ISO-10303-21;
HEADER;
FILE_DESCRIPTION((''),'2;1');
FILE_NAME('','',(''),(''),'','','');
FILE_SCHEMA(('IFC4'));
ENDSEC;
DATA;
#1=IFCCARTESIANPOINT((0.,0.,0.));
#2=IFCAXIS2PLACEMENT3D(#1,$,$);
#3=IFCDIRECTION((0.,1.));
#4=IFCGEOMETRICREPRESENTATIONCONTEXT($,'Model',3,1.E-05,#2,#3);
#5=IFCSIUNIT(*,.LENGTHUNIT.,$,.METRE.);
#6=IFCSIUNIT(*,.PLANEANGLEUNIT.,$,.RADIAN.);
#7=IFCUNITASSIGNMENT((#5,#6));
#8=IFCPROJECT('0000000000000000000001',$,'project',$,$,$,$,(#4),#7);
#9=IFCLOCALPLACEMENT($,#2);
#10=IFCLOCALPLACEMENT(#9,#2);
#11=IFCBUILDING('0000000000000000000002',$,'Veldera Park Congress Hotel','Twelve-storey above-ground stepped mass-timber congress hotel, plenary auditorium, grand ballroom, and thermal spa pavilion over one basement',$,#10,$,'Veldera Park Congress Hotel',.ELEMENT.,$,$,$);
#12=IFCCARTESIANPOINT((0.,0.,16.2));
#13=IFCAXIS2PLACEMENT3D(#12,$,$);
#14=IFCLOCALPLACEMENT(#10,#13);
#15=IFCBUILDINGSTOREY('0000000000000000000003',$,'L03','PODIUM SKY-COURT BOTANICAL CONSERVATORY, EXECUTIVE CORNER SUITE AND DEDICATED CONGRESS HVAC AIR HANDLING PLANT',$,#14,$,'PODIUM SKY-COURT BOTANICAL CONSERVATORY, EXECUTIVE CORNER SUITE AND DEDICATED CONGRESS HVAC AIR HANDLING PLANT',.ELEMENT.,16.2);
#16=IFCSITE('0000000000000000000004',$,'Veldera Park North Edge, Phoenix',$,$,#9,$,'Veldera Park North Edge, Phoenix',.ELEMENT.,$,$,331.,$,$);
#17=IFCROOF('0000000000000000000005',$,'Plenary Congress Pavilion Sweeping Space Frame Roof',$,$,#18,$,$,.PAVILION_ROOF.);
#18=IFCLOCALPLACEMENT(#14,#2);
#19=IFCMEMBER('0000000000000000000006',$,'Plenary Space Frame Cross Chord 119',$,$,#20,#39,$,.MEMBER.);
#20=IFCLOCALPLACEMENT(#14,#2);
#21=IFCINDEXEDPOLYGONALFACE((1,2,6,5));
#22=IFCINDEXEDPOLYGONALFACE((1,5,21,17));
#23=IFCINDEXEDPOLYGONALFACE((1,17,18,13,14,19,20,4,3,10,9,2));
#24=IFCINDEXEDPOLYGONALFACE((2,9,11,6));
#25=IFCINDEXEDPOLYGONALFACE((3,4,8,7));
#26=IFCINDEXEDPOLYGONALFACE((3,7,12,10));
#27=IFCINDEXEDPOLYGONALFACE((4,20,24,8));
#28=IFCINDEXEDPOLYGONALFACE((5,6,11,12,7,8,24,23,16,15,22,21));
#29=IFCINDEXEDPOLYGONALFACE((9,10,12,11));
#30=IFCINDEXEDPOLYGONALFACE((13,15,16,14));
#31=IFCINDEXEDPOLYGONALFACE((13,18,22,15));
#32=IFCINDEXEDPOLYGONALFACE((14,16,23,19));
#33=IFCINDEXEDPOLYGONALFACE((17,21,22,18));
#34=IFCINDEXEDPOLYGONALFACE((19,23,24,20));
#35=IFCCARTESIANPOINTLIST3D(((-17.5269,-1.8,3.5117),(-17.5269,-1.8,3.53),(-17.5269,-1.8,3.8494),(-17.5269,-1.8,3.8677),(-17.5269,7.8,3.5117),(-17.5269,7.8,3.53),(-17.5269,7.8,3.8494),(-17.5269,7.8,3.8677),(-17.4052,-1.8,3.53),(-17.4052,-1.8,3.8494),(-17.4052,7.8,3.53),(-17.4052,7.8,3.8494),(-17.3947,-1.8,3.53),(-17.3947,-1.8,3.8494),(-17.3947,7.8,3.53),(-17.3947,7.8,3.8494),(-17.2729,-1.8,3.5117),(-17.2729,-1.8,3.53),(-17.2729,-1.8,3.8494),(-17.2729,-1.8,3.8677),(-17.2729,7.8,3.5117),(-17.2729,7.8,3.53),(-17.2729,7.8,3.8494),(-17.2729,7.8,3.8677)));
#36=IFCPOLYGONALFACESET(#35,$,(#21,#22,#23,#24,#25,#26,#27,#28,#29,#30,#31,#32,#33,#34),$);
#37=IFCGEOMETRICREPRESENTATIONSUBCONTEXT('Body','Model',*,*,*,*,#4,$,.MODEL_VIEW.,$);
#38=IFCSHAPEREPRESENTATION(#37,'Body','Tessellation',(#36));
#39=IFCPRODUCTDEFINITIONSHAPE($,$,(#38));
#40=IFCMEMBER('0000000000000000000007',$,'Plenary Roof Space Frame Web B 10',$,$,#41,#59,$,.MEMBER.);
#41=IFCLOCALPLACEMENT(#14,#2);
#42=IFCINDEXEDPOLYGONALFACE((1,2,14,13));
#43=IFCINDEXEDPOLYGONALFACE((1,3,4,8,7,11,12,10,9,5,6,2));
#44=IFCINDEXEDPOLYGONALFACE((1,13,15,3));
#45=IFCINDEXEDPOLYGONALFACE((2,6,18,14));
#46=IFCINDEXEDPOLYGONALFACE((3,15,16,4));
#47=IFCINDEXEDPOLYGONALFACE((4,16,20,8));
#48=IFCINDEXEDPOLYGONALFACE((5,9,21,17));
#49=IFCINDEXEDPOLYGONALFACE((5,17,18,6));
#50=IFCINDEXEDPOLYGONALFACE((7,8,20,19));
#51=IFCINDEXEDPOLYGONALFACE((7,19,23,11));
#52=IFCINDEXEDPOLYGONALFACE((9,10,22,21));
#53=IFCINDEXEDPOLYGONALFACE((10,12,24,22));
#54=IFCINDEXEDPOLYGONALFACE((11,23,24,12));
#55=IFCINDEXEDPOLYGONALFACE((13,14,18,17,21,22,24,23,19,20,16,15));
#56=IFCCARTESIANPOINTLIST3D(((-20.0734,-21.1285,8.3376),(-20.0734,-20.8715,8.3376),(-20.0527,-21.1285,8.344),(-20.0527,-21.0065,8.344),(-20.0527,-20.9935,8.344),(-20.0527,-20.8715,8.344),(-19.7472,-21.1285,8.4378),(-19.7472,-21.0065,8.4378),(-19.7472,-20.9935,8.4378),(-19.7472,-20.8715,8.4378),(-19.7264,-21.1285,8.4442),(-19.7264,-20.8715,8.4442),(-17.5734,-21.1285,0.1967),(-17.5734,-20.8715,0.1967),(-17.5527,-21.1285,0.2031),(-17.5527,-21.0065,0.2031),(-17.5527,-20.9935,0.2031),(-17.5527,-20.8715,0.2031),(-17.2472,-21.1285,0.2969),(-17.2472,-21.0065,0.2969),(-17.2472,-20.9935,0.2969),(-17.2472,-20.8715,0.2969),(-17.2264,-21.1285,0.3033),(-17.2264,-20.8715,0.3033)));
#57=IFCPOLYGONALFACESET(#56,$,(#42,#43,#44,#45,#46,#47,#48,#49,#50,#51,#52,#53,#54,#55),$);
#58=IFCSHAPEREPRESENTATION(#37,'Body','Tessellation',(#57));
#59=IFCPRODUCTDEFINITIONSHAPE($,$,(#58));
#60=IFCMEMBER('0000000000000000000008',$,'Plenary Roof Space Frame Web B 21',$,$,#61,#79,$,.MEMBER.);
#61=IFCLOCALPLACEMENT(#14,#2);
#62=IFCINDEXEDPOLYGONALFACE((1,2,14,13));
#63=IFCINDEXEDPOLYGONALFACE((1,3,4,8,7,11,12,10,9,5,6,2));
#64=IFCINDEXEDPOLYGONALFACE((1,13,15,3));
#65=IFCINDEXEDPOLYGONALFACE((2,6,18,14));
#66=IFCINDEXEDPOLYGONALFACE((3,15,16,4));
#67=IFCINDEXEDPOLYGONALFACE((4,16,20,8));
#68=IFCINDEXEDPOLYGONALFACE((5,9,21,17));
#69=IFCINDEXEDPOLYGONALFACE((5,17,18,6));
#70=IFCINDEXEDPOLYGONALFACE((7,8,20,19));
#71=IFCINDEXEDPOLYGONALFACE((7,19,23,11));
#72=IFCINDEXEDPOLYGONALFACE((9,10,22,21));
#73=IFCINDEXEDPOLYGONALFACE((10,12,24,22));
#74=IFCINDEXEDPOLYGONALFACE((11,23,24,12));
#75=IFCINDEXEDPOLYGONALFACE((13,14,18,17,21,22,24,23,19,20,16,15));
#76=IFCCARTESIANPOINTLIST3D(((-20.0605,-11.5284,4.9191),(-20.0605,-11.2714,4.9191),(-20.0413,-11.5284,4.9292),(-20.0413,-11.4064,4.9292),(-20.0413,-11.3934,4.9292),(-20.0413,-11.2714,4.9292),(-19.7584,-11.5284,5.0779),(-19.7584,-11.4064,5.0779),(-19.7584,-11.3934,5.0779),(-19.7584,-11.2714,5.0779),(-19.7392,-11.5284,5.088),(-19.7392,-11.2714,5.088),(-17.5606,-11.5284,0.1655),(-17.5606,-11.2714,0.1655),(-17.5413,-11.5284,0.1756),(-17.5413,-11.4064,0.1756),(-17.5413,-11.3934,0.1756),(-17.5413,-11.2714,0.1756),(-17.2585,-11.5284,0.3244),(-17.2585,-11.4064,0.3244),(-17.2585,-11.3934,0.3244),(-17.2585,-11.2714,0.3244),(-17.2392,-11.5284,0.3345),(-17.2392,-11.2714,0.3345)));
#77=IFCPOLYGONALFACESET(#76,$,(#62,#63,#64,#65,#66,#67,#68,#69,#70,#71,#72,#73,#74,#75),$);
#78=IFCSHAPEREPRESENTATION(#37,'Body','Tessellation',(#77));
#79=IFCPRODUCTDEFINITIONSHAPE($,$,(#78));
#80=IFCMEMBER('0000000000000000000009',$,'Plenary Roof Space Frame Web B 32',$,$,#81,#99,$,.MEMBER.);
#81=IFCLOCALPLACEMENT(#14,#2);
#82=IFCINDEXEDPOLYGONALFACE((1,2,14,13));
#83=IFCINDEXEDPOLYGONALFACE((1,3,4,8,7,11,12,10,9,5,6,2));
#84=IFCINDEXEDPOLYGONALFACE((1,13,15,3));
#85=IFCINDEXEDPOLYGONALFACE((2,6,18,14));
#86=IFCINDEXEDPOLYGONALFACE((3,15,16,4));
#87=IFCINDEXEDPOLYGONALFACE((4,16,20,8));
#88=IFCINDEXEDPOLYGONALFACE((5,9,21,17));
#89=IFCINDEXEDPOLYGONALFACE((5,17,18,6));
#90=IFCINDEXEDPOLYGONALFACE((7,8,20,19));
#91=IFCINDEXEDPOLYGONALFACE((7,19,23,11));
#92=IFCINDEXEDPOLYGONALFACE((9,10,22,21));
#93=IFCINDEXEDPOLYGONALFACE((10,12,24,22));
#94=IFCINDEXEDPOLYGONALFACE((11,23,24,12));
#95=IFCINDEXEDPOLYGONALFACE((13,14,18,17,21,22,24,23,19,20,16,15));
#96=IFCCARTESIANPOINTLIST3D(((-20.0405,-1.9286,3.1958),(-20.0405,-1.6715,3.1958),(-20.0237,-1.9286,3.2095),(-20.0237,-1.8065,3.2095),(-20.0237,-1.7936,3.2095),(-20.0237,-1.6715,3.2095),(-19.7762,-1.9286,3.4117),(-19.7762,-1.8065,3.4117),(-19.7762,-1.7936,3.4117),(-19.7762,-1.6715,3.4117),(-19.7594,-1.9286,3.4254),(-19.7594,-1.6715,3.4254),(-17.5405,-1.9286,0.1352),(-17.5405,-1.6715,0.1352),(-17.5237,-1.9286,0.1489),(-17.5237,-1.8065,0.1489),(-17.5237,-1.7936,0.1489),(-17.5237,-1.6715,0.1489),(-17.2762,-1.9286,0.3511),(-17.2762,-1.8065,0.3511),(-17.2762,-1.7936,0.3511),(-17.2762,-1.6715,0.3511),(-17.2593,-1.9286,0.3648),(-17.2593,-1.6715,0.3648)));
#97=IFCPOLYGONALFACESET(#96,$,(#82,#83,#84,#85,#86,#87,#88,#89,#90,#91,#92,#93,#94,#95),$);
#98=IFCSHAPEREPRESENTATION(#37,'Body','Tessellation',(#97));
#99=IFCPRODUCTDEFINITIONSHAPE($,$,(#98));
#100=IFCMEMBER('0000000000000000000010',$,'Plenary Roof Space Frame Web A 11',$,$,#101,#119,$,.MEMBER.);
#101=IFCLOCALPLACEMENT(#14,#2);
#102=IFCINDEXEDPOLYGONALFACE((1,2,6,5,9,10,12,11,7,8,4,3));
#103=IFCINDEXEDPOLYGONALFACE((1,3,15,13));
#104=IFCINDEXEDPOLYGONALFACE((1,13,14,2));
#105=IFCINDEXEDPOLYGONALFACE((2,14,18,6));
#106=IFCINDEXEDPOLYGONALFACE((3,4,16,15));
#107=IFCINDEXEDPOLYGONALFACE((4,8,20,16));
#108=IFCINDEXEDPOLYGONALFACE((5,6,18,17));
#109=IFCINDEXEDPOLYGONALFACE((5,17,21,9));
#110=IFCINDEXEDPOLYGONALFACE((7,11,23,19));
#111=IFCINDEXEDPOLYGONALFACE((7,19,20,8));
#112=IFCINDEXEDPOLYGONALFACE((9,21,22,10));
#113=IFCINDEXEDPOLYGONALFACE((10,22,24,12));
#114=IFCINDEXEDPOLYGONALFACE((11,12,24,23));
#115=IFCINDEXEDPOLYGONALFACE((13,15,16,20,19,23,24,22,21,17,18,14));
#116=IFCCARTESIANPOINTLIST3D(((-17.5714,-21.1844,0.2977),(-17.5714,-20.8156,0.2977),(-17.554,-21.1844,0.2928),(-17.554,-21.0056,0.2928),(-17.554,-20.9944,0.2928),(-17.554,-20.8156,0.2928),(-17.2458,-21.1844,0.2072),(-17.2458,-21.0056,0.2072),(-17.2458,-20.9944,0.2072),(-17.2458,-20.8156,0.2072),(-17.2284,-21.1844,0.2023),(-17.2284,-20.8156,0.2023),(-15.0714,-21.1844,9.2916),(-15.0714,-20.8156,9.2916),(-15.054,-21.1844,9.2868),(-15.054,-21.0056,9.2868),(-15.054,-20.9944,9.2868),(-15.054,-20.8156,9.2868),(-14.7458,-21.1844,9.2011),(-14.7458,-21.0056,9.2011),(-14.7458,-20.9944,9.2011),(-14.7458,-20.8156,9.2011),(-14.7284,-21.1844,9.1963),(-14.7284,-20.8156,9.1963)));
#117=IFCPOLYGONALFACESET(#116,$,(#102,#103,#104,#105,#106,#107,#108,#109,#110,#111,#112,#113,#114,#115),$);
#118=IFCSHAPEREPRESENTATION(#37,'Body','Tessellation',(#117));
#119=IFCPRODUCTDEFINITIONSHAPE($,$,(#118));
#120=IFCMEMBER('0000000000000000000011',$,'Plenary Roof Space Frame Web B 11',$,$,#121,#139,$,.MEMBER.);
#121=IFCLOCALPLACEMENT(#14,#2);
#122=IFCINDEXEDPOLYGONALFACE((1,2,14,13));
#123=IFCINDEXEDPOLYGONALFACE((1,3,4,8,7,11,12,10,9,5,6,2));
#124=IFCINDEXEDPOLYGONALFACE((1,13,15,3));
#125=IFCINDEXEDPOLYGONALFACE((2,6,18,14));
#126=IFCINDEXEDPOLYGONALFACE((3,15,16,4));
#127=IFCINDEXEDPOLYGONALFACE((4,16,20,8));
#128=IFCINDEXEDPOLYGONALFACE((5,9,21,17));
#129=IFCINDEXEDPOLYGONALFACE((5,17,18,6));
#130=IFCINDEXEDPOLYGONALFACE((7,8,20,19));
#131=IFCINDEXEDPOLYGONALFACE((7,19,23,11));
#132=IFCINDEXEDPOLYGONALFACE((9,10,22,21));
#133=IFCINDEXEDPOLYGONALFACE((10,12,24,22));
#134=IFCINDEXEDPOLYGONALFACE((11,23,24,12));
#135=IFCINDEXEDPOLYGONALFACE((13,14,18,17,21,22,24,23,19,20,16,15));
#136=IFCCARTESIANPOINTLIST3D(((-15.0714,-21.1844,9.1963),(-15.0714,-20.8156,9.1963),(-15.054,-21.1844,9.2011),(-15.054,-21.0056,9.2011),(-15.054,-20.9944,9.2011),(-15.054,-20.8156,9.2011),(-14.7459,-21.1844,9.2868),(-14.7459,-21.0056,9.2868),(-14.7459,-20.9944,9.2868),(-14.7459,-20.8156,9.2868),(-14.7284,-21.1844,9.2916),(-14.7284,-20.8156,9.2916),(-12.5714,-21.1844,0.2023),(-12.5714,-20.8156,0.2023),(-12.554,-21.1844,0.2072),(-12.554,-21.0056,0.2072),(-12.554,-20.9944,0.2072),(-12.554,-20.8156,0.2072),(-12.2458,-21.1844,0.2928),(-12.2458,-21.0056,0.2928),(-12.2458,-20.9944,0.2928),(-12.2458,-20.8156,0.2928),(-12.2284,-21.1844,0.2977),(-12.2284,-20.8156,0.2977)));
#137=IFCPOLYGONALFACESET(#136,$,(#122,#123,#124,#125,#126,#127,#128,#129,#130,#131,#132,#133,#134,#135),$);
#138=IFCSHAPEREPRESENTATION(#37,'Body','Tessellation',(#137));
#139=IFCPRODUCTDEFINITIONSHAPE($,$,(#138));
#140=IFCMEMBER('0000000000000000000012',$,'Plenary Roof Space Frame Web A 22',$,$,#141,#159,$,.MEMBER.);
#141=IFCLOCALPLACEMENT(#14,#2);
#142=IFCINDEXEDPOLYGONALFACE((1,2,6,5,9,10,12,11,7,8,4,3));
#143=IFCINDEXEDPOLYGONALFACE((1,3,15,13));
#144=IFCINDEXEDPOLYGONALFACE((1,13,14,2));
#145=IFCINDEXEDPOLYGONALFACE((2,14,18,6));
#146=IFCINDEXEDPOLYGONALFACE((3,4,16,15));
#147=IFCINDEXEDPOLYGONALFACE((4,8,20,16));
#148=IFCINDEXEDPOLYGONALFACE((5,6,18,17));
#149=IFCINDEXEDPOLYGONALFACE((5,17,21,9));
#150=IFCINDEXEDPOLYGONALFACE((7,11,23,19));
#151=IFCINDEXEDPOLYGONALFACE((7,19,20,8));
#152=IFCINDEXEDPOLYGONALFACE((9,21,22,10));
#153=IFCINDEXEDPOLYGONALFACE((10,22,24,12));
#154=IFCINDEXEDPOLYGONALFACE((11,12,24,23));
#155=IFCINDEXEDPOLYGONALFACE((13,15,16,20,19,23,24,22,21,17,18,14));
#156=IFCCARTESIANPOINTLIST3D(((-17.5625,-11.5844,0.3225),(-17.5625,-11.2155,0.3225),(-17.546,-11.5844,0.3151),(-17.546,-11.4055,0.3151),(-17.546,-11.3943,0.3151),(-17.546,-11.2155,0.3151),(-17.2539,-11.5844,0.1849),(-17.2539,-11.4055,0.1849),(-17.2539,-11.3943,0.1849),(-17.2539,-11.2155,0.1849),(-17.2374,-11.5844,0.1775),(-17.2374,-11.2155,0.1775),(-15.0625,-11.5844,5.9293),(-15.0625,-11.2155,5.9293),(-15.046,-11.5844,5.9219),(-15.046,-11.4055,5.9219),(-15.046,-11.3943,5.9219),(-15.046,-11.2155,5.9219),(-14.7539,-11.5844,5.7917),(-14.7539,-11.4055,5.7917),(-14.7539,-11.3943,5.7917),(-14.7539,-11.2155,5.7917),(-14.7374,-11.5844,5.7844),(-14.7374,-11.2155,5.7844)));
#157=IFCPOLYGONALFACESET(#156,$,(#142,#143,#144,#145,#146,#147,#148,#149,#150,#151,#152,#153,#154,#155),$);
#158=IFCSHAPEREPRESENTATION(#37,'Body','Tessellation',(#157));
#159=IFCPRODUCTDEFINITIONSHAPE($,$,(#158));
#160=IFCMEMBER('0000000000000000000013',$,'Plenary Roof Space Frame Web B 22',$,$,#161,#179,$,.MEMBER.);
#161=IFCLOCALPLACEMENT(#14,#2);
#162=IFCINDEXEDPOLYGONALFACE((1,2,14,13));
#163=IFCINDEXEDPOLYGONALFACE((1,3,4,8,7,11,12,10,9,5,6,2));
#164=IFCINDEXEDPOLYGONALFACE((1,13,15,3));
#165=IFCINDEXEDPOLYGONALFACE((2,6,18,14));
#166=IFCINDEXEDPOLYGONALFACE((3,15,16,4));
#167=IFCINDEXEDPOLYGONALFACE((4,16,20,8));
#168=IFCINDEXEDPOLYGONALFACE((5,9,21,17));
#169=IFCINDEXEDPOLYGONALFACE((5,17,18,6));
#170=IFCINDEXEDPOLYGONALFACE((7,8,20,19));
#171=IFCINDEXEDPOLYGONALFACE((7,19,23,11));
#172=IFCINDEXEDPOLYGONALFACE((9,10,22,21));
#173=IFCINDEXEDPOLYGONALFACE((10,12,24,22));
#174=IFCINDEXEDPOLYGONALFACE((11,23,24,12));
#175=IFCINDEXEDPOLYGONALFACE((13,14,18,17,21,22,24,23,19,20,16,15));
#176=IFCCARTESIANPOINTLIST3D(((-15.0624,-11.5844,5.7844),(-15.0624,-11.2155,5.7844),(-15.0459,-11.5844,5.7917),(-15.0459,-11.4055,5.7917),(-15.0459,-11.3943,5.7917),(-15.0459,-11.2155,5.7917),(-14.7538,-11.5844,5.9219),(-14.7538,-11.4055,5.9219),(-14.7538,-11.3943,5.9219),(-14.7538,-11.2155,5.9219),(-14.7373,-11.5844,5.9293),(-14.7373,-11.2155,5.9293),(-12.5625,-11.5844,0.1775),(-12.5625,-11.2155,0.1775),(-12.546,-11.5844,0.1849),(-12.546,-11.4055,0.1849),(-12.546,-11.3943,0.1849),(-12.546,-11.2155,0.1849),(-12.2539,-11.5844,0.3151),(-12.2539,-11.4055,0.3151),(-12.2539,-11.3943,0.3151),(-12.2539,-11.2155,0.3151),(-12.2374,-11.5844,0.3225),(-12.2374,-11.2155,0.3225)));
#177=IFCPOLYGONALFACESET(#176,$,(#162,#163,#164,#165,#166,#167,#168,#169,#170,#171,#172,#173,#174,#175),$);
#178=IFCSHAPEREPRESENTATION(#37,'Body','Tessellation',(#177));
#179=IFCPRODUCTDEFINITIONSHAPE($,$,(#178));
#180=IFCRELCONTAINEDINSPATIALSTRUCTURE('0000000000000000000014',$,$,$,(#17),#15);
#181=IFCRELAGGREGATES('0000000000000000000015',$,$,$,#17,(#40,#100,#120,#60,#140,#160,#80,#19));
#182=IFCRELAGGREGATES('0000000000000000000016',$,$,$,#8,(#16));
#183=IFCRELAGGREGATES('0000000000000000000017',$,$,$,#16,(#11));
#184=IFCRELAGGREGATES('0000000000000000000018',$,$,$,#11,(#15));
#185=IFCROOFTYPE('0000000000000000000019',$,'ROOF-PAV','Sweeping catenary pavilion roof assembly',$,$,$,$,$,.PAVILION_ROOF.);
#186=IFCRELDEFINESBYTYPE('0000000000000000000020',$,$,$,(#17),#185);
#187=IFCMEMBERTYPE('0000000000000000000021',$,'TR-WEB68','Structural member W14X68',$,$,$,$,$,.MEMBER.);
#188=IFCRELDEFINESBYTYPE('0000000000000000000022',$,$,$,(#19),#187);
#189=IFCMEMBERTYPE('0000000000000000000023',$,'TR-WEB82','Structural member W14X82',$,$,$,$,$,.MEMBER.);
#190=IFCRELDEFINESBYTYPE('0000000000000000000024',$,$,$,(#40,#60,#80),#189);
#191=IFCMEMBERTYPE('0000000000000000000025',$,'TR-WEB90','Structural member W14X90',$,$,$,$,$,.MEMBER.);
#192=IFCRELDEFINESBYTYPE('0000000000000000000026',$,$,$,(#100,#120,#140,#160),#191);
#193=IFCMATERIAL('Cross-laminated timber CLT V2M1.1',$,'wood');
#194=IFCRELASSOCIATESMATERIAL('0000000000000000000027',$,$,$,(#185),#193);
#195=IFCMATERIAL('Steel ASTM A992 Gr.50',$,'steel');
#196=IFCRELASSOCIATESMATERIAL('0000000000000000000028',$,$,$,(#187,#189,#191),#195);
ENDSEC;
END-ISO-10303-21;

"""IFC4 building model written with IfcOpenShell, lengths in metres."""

from ifc_helpers import new_model, si_unit, direction, frame, origin, origin_2d, place, context, subcontext, project, spatial, i_section, extrude, material, material_profile, profile_set, type_object, element, aggregate, save


model = new_model("IFC4")

# Units and contexts
model_context = context("Model", 3, precision=1e-05, world=origin(), true_north=direction((0.0, 1.0)))
body_context = subcontext(model_context, "Body", "Model", "MODEL_VIEW")
ifc_project = project(units=[si_unit("LENGTHUNIT", "METRE"), si_unit("PLANEANGLEUNIT", "RADIAN")], contexts=[model_context])

# Site, building, storey
site_placement = place(None, origin())
site = spatial("IfcSite", under=ifc_project, at=site_placement, Name="Veldera Park North Edge, Phoenix", LongName="Veldera Park North Edge, Phoenix", CompositionType="ELEMENT", RefElevation=331.0)
building_placement = place(site_placement, origin())
building = spatial("IfcBuilding", under=site, at=building_placement, Name="Veldera Park Congress Hotel", Description="Twelve-storey above-ground stepped mass-timber congress hotel, plenary auditorium, grand ballroom, and thermal spa pavilion over one basement", LongName="Veldera Park Congress Hotel", CompositionType="ELEMENT")
storey_placement = place(building_placement, frame((0.0, 0.0, 16.2)))
storey = spatial("IfcBuildingStorey", under=building, at=storey_placement, Name="L03", Description="PODIUM SKY-COURT BOTANICAL CONSERVATORY, EXECUTIVE CORNER SUITE AND DEDICATED CONGRESS HVAC AIR HANDLING PLANT", LongName="PODIUM SKY-COURT BOTANICAL CONSERVATORY, EXECUTIVE CORNER SUITE AND DEDICATED CONGRESS HVAC AIR HANDLING PLANT", CompositionType="ELEMENT", Elevation=16.2)

# Shared definitions
ifc_material_1 = material(Name="Steel ASTM A992 Gr.50", Category="steel")

# Roof, members
ifc_material_2 = material(Name="Cross-laminated timber CLT V2M1.1", Category="wood")
roof_type = type_object("IfcRoofType", Name="ROOF-PAV", Description="Sweeping catenary pavilion roof assembly", PredefinedType="PAVILION_ROOF", material=ifc_material_2)
roof_placement = place(storey_placement, origin())
roof = element("IfcRoof", 1, at=roof_placement, inside=storey, type_object=roof_type, Name="Plenary Congress Pavilion Sweeping Space Frame Roof", PredefinedType="PAVILION_ROOF")
ifc_material_profile_1 = material_profile(ifc_material_1, i_section(OverallWidth=0.2539, OverallDepth=0.356, WebThickness=0.0105, FlangeThickness=0.0183, at=origin_2d()), Name="W14X68")
ifc_profile_set_1 = profile_set([ifc_material_profile_1], Name="Steel ASTM A992 Gr.50")
member_type_1 = type_object("IfcMemberType", Name="TR-WEB68", Description="Structural member W14X68", PredefinedType="MEMBER", material=ifc_profile_set_1)
member_1_placement = place(storey_placement, frame((-17.3999, -1.8, 3.6897), z_axis=(0.0, 1.0, 0.0), x_axis=(-1.0, 0.0, 0.0)))
member_1 = element("IfcMember", 2, at=member_1_placement, type_object=member_type_1, Name="Plenary Space Frame Cross Chord 119", PredefinedType="MEMBER", context=body_context, shape_type="SweptSolid", body=[
    extrude(i_section(OverallWidth=0.2539, OverallDepth=0.356, WebThickness=0.0105, FlangeThickness=0.0183, at=origin_2d()), origin(), (0.0, 0.0, 1.0), 9.6001),
])
ifc_material_profile_2 = material_profile(ifc_material_1, i_section(OverallWidth=0.2571, OverallDepth=0.363, WebThickness=0.0129, FlangeThickness=0.0217, at=origin_2d()), Name="W14X82")
ifc_profile_set_2 = profile_set([ifc_material_profile_2], Name="Steel ASTM A992 Gr.50")
member_type_2 = type_object("IfcMemberType", Name="TR-WEB82", Description="Structural member W14X82", PredefinedType="MEMBER", material=ifc_profile_set_2)
member_2_placement = place(storey_placement, frame((-17.3999, -21.0, 0.25), z_axis=(-0.293562, 0.0, 0.95594), x_axis=(0.0, -1.0, 0.0)))
member_2 = element("IfcMember", 3, at=member_2_placement, type_object=member_type_2, Name="Plenary Roof Space Frame Web B 10", PredefinedType="MEMBER", context=body_context, shape_type="SweptSolid", body=[
    extrude(i_section(OverallWidth=0.2571, OverallDepth=0.363, WebThickness=0.0129, FlangeThickness=0.0217, at=origin_2d()), origin(), (0.0, 0.0, 1.0), 8.5161),
])
member_3_placement = place(storey_placement, frame((-17.3999, -11.3999, 0.25), z_axis=(-0.465465, 0.0, 0.885066), x_axis=(0.0, -1.0, 0.0)))
member_3 = element("IfcMember", 4, at=member_3_placement, type_object=member_type_2, Name="Plenary Roof Space Frame Web B 21", PredefinedType="MEMBER", context=body_context, shape_type="SweptSolid", body=[
    extrude(i_section(OverallWidth=0.2571, OverallDepth=0.363, WebThickness=0.0129, FlangeThickness=0.0217, at=origin_2d()), origin(), (0.0, 0.0, 1.0), 5.3708),
])
member_4_placement = place(storey_placement, frame((-17.3999, -1.8, 0.25), z_axis=(-0.632619, 0.0, 0.774464), x_axis=(0.0, -1.0, 0.0)))
member_4 = element("IfcMember", 5, at=member_4_placement, type_object=member_type_2, Name="Plenary Roof Space Frame Web B 32", PredefinedType="MEMBER", context=body_context, shape_type="SweptSolid", body=[
    extrude(i_section(OverallWidth=0.2571, OverallDepth=0.363, WebThickness=0.0129, FlangeThickness=0.0217, at=origin_2d()), origin(), (0.0, 0.0, 1.0), 3.9519),
])
ifc_material_profile_3 = material_profile(ifc_material_1, i_section(OverallWidth=0.3689, OverallDepth=0.356, WebThickness=0.0112, FlangeThickness=0.0181, at=origin_2d()), Name="W14X90")
ifc_profile_set_3 = profile_set([ifc_material_profile_3], Name="Steel ASTM A992 Gr.50")
member_type_3 = type_object("IfcMemberType", Name="TR-WEB90", Description="Structural member W14X90", PredefinedType="MEMBER", material=ifc_profile_set_3)
member_5_placement = place(storey_placement, frame((-17.3999, -21.0, 0.25), z_axis=(0.267812, 0.0, 0.963471), x_axis=(0.0, 1.0, 0.0)))
member_5 = element("IfcMember", 6, at=member_5_placement, type_object=member_type_3, Name="Plenary Roof Space Frame Web A 11", PredefinedType="MEMBER", context=body_context, shape_type="SweptSolid", body=[
    extrude(i_section(OverallWidth=0.3689, OverallDepth=0.356, WebThickness=0.0112, FlangeThickness=0.0181, at=origin_2d()), origin(), (0.0, 0.0, 1.0), 9.335),
])
member_6_placement = place(storey_placement, frame((-12.3999, -21.0, 0.25), z_axis=(-0.267812, 0.0, 0.963471), x_axis=(0.0, -1.0, 0.0)))
member_6 = element("IfcMember", 7, at=member_6_placement, type_object=member_type_3, Name="Plenary Roof Space Frame Web B 11", PredefinedType="MEMBER", context=body_context, shape_type="SweptSolid", body=[
    extrude(i_section(OverallWidth=0.3689, OverallDepth=0.356, WebThickness=0.0112, FlangeThickness=0.0181, at=origin_2d()), origin(), (0.0, 0.0, 1.0), 9.335),
])
member_7_placement = place(storey_placement, frame((-17.3999, -11.3999, 0.25), z_axis=(0.40723, 0.0, 0.913325), x_axis=(0.0, 1.0, 0.0)))
member_7 = element("IfcMember", 8, at=member_7_placement, type_object=member_type_3, Name="Plenary Roof Space Frame Web A 22", PredefinedType="MEMBER", context=body_context, shape_type="SweptSolid", body=[
    extrude(i_section(OverallWidth=0.3689, OverallDepth=0.356, WebThickness=0.0112, FlangeThickness=0.0181, at=origin_2d()), origin(), (0.0, 0.0, 1.0), 6.1389),
])
member_8_placement = place(storey_placement, frame((-12.3999, -11.3999, 0.25), z_axis=(-0.40723, 0.0, 0.913325), x_axis=(0.0, -1.0, 0.0)))
member_8 = element("IfcMember", 9, at=member_8_placement, type_object=member_type_3, Name="Plenary Roof Space Frame Web B 22", PredefinedType="MEMBER", context=body_context, shape_type="SweptSolid", body=[
    extrude(i_section(OverallWidth=0.3689, OverallDepth=0.356, WebThickness=0.0112, FlangeThickness=0.0181, at=origin_2d()), origin(), (0.0, 0.0, 1.0), 6.1389),
])
aggregate(roof, [member_2, member_5, member_6, member_3, member_7, member_8, member_4, member_1])

save(model, "model.ifc")
